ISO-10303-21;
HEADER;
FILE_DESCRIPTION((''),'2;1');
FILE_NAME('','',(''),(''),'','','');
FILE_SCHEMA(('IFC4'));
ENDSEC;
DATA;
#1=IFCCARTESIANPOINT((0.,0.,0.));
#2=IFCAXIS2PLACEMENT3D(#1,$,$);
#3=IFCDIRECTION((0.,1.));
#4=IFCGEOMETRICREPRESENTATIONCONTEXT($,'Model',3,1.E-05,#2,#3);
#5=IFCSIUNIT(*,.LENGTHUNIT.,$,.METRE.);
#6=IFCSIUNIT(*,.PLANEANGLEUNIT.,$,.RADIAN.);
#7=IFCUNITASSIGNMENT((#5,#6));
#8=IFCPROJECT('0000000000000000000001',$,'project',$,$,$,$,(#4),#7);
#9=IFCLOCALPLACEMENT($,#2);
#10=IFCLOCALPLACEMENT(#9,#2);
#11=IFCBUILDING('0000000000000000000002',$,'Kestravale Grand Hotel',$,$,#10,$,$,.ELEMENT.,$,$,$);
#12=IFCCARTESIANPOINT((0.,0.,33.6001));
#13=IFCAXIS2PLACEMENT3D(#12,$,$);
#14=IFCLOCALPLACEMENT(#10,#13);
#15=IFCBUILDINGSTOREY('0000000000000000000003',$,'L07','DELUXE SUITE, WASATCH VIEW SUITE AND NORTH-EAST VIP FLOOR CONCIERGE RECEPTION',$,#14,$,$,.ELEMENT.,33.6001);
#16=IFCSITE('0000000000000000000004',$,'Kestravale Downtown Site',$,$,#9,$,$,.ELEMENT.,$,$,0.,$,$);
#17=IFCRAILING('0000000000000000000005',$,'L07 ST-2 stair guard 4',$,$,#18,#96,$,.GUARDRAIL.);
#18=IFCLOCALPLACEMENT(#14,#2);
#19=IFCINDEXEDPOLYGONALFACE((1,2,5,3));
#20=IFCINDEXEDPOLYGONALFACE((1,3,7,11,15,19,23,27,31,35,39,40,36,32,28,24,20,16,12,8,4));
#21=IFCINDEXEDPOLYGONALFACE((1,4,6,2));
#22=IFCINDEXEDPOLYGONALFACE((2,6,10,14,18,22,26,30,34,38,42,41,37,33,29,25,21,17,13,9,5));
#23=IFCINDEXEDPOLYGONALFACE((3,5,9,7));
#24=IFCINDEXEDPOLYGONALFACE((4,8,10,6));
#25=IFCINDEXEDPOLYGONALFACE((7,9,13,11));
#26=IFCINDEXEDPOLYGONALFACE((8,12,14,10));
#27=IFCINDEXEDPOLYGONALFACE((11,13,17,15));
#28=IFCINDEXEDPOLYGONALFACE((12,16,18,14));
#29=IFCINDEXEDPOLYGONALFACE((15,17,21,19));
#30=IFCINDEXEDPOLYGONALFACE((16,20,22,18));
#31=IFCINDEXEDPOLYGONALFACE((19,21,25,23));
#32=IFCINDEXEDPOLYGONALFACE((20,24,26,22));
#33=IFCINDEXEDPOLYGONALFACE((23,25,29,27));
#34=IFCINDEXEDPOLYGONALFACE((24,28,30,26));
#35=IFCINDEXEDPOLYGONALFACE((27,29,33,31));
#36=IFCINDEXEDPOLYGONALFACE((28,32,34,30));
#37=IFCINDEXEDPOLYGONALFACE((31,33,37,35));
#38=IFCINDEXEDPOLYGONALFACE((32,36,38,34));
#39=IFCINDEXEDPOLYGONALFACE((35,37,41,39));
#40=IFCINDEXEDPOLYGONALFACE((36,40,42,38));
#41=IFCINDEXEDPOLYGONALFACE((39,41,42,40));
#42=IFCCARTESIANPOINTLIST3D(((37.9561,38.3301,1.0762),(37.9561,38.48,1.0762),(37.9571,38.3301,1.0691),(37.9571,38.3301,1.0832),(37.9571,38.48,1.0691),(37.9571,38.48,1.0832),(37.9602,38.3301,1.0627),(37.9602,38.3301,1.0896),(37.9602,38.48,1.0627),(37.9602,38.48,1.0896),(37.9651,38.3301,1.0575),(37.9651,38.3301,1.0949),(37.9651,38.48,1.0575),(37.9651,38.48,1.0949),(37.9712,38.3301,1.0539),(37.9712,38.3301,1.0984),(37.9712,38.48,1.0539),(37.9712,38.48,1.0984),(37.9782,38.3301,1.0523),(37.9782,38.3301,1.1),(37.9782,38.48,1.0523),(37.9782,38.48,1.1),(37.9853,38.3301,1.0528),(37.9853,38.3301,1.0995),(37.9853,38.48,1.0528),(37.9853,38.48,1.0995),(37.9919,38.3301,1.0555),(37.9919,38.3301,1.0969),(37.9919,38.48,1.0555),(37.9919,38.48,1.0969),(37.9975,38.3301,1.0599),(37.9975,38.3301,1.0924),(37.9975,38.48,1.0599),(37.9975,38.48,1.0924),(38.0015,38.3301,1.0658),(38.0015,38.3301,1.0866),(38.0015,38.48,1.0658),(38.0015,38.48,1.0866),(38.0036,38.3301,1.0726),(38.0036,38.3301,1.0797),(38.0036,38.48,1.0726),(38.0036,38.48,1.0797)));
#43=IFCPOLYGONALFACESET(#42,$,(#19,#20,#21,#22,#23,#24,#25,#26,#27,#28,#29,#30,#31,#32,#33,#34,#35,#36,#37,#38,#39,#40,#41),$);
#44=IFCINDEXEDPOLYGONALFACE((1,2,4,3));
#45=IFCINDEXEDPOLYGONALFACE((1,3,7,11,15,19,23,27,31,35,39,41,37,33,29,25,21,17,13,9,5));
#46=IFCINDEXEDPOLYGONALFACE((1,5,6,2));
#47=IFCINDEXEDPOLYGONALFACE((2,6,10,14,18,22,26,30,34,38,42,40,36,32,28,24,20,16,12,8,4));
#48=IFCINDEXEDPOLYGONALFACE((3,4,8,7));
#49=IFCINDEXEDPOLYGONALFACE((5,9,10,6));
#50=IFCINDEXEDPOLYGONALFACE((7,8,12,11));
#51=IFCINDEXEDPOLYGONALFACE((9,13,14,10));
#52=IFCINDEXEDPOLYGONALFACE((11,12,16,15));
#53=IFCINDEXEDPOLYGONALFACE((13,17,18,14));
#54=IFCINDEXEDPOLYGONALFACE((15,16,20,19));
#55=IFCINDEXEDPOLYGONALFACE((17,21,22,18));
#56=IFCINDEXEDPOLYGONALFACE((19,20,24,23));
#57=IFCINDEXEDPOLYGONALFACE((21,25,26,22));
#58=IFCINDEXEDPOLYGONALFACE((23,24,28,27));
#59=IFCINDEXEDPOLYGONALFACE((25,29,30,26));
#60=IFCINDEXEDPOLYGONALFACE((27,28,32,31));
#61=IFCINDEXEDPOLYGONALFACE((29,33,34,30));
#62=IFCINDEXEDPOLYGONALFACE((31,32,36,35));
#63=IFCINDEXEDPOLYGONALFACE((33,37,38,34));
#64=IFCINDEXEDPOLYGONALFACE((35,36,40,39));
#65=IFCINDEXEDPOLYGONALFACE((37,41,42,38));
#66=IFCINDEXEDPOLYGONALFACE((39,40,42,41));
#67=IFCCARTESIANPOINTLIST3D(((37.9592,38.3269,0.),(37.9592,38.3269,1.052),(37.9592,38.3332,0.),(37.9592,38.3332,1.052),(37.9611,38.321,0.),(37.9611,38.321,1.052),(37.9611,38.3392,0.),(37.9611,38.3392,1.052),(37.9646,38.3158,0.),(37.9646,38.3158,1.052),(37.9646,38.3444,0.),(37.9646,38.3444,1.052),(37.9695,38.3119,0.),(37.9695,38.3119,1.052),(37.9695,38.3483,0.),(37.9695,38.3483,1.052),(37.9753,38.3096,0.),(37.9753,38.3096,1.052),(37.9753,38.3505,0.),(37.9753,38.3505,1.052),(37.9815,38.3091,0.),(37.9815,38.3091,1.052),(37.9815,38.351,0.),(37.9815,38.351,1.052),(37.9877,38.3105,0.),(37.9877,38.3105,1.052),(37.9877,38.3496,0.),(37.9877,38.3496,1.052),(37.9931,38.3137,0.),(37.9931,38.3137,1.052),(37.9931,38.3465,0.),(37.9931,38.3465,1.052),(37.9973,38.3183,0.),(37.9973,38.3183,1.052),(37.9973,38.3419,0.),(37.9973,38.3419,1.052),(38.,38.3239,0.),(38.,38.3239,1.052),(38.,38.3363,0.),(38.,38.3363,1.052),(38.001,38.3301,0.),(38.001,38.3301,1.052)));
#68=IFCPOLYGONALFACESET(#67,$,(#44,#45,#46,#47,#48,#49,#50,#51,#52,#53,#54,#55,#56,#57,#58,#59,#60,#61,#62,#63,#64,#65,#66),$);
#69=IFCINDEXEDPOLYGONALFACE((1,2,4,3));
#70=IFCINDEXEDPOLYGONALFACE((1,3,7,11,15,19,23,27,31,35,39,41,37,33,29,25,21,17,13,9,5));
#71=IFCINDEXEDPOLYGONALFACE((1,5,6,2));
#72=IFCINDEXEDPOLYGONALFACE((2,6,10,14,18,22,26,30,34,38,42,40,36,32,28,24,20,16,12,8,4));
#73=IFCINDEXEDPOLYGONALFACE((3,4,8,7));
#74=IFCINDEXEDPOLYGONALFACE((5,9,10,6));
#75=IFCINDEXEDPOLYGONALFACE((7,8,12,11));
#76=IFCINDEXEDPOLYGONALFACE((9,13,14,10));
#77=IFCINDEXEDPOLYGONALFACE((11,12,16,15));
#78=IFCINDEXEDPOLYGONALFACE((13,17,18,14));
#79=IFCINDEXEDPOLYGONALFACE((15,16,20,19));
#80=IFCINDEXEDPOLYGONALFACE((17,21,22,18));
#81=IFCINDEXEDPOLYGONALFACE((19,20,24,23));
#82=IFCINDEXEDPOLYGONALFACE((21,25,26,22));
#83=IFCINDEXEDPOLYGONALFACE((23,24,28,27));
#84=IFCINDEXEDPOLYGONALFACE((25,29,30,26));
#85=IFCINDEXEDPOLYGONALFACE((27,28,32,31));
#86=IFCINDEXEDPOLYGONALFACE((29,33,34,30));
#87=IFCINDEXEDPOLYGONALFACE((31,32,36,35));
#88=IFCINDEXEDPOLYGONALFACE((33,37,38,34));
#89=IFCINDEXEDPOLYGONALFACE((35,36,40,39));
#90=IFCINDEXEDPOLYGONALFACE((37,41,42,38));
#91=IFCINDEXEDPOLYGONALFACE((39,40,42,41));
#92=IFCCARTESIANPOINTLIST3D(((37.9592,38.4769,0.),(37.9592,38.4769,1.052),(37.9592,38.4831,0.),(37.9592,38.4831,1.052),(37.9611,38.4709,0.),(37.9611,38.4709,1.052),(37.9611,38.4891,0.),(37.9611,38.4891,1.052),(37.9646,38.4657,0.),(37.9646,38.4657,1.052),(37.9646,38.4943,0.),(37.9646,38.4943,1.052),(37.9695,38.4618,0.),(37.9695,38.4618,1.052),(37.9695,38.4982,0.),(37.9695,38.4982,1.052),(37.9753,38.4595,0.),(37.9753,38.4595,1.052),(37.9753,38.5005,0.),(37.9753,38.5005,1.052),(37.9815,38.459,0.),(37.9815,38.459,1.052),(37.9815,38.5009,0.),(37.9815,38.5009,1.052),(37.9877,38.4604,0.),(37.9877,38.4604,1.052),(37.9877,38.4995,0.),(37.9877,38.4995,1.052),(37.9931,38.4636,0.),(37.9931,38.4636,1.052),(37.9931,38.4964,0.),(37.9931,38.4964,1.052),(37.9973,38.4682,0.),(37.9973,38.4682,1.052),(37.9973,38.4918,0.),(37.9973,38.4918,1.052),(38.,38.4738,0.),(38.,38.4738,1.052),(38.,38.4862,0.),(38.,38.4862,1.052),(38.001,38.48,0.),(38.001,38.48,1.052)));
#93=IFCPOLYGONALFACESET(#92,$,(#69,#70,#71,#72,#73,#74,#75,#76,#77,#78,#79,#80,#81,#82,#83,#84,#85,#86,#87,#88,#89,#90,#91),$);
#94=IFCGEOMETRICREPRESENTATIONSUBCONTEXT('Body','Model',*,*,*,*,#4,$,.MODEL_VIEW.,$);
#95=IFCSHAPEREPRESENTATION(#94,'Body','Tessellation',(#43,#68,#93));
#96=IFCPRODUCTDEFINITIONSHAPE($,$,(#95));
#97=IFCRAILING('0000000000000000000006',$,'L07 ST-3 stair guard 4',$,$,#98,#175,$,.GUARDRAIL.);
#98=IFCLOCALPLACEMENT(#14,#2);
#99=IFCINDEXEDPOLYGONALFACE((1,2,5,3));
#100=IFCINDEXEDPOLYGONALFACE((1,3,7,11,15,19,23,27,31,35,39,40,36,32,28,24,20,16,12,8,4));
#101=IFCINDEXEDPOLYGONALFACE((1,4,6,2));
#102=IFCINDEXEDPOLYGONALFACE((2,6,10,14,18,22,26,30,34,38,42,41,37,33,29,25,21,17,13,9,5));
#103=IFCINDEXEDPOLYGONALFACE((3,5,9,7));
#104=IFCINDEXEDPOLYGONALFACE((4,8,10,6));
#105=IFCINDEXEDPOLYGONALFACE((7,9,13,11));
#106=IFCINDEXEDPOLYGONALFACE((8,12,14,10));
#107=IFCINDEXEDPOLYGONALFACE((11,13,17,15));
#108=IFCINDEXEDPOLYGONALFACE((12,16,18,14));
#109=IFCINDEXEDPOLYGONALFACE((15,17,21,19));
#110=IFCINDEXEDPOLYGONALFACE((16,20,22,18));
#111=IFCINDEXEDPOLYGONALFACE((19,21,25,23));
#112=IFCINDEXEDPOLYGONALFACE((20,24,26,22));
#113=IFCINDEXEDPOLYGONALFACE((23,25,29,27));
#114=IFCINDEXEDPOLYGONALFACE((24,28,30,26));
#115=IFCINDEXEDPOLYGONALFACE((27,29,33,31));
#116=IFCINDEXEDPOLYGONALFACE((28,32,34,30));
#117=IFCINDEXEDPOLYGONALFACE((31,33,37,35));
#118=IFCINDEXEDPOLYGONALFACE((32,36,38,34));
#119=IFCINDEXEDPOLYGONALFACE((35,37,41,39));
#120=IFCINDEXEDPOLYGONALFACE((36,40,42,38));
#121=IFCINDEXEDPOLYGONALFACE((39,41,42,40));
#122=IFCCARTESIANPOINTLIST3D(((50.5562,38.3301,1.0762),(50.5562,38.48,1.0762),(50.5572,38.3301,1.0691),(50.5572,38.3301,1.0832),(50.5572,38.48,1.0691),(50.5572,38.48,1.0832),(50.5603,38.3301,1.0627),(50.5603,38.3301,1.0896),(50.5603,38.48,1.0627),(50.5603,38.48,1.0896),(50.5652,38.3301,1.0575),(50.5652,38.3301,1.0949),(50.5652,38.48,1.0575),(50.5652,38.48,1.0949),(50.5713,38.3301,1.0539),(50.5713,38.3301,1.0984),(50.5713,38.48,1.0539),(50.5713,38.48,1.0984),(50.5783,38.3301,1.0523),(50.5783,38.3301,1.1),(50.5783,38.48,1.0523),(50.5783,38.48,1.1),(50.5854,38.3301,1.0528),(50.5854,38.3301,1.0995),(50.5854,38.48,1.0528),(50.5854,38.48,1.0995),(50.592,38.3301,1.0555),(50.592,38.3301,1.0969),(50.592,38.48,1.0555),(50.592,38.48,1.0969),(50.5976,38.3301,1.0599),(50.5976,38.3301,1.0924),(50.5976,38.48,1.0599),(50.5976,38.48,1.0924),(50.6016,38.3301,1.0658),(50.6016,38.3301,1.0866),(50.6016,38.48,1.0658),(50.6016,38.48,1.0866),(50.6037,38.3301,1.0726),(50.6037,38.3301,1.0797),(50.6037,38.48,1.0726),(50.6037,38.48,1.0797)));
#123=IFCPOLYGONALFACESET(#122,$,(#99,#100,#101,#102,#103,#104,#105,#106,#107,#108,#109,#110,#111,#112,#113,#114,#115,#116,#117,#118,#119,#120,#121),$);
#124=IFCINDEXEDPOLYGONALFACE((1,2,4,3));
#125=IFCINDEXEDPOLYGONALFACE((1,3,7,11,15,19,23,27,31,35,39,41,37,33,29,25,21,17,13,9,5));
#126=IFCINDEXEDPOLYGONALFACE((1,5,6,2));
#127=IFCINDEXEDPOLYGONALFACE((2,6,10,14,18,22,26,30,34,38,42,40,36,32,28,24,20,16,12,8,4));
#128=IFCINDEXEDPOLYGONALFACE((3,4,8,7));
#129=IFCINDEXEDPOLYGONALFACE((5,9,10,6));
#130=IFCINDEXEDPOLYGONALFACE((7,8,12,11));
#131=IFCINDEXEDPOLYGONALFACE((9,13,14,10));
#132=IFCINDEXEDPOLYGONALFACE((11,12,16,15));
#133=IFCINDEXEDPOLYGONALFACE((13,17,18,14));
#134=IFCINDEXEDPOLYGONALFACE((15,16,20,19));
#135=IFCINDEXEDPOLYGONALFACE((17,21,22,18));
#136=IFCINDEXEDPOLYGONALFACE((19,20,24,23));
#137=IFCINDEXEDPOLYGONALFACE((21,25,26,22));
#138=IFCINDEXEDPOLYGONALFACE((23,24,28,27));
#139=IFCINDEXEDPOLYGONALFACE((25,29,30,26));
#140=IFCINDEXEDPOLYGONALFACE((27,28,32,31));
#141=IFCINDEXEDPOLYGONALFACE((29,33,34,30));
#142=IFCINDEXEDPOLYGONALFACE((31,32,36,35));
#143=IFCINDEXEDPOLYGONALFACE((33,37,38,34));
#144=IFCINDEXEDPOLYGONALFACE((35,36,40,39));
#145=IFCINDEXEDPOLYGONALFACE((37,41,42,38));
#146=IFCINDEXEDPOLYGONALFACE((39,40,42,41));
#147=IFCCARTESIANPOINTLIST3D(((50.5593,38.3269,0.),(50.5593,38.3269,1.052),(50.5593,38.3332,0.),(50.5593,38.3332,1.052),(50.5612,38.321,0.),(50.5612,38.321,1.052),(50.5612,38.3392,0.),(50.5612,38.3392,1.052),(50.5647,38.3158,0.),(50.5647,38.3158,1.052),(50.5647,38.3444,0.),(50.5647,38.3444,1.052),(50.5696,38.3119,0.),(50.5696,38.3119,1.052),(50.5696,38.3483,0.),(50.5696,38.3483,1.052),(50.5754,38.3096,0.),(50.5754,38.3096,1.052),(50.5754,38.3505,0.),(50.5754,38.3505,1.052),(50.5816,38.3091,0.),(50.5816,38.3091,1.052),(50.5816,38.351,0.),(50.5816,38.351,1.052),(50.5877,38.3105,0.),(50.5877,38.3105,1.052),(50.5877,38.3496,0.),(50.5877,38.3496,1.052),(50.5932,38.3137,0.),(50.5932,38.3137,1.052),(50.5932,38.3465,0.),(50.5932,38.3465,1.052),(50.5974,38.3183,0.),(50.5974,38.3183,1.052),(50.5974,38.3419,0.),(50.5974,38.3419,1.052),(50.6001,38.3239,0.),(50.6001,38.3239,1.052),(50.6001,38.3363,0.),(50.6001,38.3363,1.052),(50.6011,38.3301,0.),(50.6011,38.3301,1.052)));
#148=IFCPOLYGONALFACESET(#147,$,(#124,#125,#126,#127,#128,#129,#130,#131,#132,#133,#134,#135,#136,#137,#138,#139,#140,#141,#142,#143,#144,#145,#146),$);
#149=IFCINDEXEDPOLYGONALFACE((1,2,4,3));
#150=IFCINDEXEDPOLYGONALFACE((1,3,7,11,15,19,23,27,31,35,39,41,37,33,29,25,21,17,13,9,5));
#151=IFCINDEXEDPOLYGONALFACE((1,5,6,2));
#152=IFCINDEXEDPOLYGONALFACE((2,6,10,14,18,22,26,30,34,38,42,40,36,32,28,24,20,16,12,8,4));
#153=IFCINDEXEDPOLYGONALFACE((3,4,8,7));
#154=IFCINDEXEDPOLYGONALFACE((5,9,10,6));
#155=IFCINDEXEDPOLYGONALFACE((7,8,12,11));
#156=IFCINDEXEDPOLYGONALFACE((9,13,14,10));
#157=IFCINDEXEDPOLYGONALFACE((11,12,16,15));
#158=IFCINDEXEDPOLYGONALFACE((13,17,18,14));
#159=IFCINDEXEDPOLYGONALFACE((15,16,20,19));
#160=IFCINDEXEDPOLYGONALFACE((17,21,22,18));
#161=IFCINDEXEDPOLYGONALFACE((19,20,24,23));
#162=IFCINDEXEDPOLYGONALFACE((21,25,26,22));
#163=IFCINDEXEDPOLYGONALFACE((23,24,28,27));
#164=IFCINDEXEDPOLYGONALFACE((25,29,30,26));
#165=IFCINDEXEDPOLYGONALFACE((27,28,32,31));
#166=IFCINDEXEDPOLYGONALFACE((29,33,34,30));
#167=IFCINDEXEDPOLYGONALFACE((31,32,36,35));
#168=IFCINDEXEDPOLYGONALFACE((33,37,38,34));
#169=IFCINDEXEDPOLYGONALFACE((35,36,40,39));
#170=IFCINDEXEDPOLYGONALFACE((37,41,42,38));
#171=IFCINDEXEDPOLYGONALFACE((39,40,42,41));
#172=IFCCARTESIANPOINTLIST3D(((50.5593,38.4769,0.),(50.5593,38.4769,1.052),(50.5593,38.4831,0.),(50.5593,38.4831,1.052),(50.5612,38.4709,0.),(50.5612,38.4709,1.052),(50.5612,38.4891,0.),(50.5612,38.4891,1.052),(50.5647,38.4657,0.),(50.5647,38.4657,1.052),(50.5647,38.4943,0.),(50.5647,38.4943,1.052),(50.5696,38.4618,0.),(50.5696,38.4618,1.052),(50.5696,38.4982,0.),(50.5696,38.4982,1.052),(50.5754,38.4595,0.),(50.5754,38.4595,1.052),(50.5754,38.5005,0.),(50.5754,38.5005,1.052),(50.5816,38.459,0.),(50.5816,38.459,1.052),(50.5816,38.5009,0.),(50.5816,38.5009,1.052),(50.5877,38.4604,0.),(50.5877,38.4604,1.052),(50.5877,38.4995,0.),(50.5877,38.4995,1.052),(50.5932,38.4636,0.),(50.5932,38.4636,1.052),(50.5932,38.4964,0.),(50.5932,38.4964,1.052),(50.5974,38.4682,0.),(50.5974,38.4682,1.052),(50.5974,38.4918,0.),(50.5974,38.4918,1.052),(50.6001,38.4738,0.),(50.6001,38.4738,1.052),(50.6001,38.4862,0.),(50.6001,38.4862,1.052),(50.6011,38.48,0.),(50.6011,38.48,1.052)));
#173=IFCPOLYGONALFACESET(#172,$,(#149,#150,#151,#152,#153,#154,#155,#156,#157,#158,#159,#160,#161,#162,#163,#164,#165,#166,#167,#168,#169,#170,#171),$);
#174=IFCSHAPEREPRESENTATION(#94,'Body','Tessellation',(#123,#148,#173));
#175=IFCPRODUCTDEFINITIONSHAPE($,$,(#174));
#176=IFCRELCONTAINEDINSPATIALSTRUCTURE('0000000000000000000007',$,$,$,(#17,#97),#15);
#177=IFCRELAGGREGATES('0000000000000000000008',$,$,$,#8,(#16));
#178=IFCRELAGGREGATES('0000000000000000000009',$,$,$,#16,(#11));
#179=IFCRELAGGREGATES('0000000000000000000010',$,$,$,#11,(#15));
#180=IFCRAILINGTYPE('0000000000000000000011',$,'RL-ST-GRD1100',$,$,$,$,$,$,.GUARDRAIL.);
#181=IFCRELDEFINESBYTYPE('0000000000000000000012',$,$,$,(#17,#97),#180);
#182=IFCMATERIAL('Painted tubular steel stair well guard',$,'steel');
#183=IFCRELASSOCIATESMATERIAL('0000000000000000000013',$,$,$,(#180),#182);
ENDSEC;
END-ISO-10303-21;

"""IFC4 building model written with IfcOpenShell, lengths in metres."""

from ifc_helpers import new_model, si_unit, direction, frame, origin, origin_2d, place, context, subcontext, project, spatial, circle, extrude, material, type_object, element, save


model = new_model("IFC4")

# Units and contexts
model_context = context("Model", 3, precision=1e-05, world=origin(), true_north=direction((0.0, 1.0)))
body_context = subcontext(model_context, "Body", "Model", "MODEL_VIEW")
ifc_project = project(units=[si_unit("LENGTHUNIT", "METRE"), si_unit("PLANEANGLEUNIT", "RADIAN")], contexts=[model_context])

# Site, building, storey
site_placement = place(None, origin())
site = spatial("IfcSite", under=ifc_project, at=site_placement, Name="Kestravale Downtown Site", CompositionType="ELEMENT", RefElevation=0.0)
building_placement = place(site_placement, origin())
building = spatial("IfcBuilding", under=site, at=building_placement, Name="Kestravale Grand Hotel", CompositionType="ELEMENT")
storey_placement = place(building_placement, frame((0.0, 0.0, 33.6001)))
storey = spatial("IfcBuildingStorey", under=building, at=storey_placement, Name="L07", Description="DELUXE SUITE, WASATCH VIEW SUITE AND NORTH-EAST VIP FLOOR CONCIERGE RECEPTION", CompositionType="ELEMENT", Elevation=33.6001)

# Railings
ifc_material_1 = material(Name="Painted tubular steel stair well guard", Category="steel")
railing_type_1 = type_object("IfcRailingType", Name="RL-ST-GRD1100", PredefinedType="GUARDRAIL", material=ifc_material_1)
for number, where, name in (
    (1, (37.98, 38.3301, 0.0), "L07 ST-2 stair guard 4"),
    (2, (50.5801, 38.3301, 0.0), "L07 ST-3 stair guard 4"),
):
    element("IfcRailing", number, at=place(storey_placement, frame(where)), inside=storey, type_object=railing_type_1, Name=name, PredefinedType="GUARDRAIL", context=body_context, shape_type="SweptSolid", body=[
        extrude(circle(Radius=0.0239, at=origin_2d()), frame((0.0, 0.0, 1.0762), z_axis=(0.0, 1.0, 0.0), x_axis=(-1.0, 0.0, 0.0)), (0.0, 0.0, 1.0), 0.1499),
        extrude(circle(Radius=0.021, at=origin_2d()), origin(), (0.0, 0.0, 1.0), 1.052),
        extrude(circle(Radius=0.021, at=origin_2d()), frame((0.0, 0.1499, 0.0)), (0.0, 0.0, 1.0), 1.052),
    ])

save(model, "model.ifc")
